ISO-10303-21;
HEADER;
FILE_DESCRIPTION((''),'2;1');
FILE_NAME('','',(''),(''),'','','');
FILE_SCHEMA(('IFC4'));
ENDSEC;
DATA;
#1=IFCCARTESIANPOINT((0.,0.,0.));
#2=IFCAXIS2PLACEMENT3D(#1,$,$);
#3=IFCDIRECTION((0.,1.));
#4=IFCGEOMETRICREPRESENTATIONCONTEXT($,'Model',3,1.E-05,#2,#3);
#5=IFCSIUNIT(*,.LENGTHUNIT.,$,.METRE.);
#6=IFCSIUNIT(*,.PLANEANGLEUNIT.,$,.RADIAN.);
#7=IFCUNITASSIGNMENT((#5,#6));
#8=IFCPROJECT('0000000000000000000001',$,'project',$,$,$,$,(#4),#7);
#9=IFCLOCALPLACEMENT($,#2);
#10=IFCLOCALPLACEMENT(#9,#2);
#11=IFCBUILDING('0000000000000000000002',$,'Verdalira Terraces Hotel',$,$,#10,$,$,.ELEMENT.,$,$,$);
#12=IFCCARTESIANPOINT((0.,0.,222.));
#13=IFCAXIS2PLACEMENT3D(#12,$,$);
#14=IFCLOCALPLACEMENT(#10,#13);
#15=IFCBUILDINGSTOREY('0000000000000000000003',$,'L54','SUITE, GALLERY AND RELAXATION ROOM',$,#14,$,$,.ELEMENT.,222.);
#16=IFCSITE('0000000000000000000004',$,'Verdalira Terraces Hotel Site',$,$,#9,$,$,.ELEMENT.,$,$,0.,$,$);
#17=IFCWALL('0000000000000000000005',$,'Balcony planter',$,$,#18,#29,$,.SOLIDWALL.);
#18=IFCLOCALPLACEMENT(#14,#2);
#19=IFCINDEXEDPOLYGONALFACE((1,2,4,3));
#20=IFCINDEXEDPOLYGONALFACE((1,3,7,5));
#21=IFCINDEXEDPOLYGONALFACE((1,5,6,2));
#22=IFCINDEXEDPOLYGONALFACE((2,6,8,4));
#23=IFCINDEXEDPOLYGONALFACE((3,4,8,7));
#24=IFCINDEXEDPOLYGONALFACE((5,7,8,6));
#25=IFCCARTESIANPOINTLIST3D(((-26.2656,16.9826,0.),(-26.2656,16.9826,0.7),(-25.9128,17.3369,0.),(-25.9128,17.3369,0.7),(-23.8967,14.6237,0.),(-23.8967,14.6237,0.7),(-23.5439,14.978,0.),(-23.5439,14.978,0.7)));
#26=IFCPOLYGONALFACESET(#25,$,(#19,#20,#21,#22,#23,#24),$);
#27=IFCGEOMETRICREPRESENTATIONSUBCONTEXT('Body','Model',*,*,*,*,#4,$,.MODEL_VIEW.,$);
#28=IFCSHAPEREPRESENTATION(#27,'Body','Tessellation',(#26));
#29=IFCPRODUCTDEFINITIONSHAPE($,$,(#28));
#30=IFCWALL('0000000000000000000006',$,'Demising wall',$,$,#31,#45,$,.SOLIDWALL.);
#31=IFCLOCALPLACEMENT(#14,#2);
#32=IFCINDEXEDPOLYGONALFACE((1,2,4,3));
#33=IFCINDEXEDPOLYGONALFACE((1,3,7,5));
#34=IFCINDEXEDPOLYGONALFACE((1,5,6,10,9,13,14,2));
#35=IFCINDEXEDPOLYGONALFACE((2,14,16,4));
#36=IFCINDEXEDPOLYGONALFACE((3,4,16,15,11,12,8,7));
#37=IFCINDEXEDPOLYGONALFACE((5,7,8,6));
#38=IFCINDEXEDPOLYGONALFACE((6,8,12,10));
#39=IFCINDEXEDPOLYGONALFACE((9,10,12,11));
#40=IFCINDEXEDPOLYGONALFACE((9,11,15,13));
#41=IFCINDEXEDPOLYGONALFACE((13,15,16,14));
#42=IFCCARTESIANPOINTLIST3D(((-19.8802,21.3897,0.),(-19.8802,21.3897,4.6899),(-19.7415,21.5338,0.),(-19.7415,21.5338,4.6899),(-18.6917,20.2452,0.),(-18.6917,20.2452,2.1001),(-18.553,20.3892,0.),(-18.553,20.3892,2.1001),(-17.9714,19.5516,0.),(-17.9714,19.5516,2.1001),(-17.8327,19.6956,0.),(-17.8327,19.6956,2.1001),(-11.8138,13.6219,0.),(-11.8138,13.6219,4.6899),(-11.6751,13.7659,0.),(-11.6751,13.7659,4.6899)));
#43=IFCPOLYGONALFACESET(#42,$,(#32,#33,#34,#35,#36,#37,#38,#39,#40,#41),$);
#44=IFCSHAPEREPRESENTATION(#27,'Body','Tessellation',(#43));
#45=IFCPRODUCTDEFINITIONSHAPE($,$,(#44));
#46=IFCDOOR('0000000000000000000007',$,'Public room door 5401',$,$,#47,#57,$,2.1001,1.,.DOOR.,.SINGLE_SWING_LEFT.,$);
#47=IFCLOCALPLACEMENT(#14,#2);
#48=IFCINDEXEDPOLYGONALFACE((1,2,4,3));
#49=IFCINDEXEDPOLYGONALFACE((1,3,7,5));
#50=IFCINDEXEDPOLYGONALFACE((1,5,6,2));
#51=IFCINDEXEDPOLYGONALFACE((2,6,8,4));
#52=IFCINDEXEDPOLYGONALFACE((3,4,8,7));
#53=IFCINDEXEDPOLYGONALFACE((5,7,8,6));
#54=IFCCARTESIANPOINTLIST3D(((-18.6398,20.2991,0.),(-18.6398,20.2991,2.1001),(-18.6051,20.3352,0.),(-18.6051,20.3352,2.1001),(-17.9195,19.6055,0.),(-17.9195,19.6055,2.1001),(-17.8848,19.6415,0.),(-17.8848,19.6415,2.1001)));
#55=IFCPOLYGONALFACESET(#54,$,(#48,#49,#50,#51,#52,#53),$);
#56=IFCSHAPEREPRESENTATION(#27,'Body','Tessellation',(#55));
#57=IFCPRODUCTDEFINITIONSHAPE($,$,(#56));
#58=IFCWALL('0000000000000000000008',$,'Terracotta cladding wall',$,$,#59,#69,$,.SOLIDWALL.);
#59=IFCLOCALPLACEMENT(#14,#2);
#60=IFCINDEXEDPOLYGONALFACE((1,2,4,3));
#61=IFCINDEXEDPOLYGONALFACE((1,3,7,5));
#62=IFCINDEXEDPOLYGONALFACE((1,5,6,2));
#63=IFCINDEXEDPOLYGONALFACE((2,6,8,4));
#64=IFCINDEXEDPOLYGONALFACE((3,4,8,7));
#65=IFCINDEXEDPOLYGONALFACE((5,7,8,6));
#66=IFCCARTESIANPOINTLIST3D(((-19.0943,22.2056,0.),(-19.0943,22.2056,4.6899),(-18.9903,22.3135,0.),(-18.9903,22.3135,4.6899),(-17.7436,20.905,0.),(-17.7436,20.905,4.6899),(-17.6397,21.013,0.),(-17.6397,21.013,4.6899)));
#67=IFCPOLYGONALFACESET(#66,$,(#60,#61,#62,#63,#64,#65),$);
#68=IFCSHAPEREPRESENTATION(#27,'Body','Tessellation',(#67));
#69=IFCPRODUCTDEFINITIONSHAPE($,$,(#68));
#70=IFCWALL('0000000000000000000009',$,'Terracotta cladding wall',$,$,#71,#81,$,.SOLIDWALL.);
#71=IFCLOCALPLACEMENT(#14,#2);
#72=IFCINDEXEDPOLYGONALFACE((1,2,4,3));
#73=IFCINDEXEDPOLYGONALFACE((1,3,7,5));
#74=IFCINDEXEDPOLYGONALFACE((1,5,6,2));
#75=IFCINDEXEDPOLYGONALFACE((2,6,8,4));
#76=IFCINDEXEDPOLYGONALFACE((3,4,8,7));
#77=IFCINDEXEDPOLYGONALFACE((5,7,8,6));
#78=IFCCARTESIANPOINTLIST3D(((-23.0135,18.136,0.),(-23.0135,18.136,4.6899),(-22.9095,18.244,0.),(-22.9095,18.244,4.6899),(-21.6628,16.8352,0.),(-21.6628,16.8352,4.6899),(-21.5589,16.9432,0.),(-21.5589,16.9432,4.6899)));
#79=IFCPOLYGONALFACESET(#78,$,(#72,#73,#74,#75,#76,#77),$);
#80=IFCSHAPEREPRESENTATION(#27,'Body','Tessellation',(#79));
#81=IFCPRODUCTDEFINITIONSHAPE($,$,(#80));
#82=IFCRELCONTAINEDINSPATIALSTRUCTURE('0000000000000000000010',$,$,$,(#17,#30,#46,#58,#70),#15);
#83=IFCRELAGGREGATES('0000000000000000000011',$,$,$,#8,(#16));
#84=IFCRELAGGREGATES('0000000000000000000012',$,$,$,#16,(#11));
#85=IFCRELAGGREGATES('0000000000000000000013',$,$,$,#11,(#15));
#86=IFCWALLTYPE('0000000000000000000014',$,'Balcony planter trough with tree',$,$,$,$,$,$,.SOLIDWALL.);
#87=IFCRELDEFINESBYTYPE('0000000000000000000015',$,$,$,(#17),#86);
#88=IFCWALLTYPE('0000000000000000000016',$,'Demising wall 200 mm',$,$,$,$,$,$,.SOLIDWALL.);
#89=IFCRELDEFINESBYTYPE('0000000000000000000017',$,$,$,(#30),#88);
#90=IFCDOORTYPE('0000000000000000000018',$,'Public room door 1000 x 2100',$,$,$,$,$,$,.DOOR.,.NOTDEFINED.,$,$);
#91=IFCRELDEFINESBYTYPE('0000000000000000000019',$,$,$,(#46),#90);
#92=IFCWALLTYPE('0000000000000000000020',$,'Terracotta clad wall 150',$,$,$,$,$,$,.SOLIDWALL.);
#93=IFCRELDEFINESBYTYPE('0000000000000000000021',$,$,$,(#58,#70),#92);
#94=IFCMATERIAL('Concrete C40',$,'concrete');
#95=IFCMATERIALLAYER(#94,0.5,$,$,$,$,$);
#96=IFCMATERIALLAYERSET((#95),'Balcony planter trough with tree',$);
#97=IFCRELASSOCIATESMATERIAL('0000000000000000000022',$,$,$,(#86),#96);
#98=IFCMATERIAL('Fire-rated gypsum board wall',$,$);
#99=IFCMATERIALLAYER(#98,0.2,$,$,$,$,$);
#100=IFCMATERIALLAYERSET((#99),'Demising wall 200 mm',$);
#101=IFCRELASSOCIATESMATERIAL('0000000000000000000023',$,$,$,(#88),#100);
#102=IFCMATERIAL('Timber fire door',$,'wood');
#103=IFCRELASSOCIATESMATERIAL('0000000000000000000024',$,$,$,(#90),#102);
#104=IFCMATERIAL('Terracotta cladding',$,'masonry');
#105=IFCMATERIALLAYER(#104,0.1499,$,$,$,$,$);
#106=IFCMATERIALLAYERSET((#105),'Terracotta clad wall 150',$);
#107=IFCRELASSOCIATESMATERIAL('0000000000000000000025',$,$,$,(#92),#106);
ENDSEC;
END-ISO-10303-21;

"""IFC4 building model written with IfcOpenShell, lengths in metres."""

from ifc_helpers import new_model, si_unit, direction, frame, frame_2d, origin, place, context, subcontext, project, spatial, rectangle, extrude, material, layer, layer_set, type_object, element, fill, save


model = new_model("IFC4")

# Units and contexts
model_context = context("Model", 3, precision=1e-05, world=origin(), true_north=direction((0.0, 1.0)))
body_context = subcontext(model_context, "Body", "Model", "MODEL_VIEW")
ifc_project = project(units=[si_unit("LENGTHUNIT", "METRE"), si_unit("PLANEANGLEUNIT", "RADIAN")], contexts=[model_context])

# Site, building, storey
site_placement = place(None, origin())
site = spatial("IfcSite", under=ifc_project, at=site_placement, Name="Verdalira Terraces Hotel Site", CompositionType="ELEMENT", RefElevation=0.0)
building_placement = place(site_placement, origin())
building = spatial("IfcBuilding", under=site, at=building_placement, Name="Verdalira Terraces Hotel", CompositionType="ELEMENT")
storey_placement = place(building_placement, frame((0.0, 0.0, 222.0)))
storey = spatial("IfcBuildingStorey", under=building, at=storey_placement, Name="L54", Description="SUITE, GALLERY AND RELAXATION ROOM", CompositionType="ELEMENT", Elevation=222.0)

# Wall
ifc_material_1 = material(Name="Concrete C40", Category="concrete")
ifc_layer_1 = layer(ifc_material_1, 0.5)
ifc_layer_set_1 = layer_set([ifc_layer_1], Name="Balcony planter trough with tree")
wall_type_1 = type_object("IfcWallType", Name="Balcony planter trough with tree", PredefinedType="SOLIDWALL", material=ifc_layer_set_1)
wall_1_placement = place(storey_placement, frame((-26.0891, 17.1597, 0.0), z_axis=(0.0, 0.0, 1.0), x_axis=(0.708602, -0.705608, 0.0)))
element("IfcWall", 1, at=wall_1_placement, inside=storey, type_object=wall_type_1, Name="Balcony planter", PredefinedType="SOLIDWALL", context=body_context, shape_type="SweptSolid", body=[
    extrude(rectangle(XDim=3.343, YDim=0.5, at=frame_2d((1.6714, 0.0))), origin(), (0.0, 0.0, 1.0), 0.7),
])

# Wall, opening, door
ifc_material_2 = material(Name="Fire-rated gypsum board wall")
ifc_layer_2 = layer(ifc_material_2, 0.2)
ifc_layer_set_2 = layer_set([ifc_layer_2], Name="Demising wall 200 mm")
wall_type_2 = type_object("IfcWallType", Name="Demising wall 200 mm", PredefinedType="SOLIDWALL", material=ifc_layer_set_2)
wall_2_placement = place(storey_placement, frame((-19.8108, 21.4617, 0.0), z_axis=(0.0, 0.0, 1.0), x_axis=(0.720313, -0.69365, 0.0)))
wall_2 = element("IfcWall", 2, at=wall_2_placement, inside=storey, type_object=wall_type_2, Name="Demising wall", PredefinedType="SOLIDWALL", context=body_context, shape_type="SweptSolid", body=[
    extrude(rectangle(XDim=11.1985, YDim=0.2, at=frame_2d((5.5991, 0.0))), origin(), (0.0, 0.0, 1.0), 4.6899),
])
opening_1_placement = place(wall_2_placement, frame((1.6499, 0.0, 0.0)))
opening_1 = element("IfcOpeningElement", 3, at=opening_1_placement, cuts=wall_2, PredefinedType="OPENING", context=body_context, shape_type="SweptSolid", body=[
    extrude(rectangle(XDim=1.0, YDim=2.1001, at=frame_2d((0.5, 1.05))), frame((0.0, 0.1099, 0.0), z_axis=(0.0, -1.0, 0.0), x_axis=(1.0, 0.0, 0.0)), (0.0, 0.0, 1.0), 0.22),
])
ifc_material_3 = material(Name="Timber fire door", Category="wood")
door_type_1 = type_object("IfcDoorType", Name="Public room door 1000 x 2100", OperationType="NOTDEFINED", PredefinedType="DOOR", material=ifc_material_3)
door_1_placement = place(opening_1_placement, origin())
door_1 = element("IfcDoor", 4, at=door_1_placement, inside=storey, type_object=door_type_1, Name="Public room door 5401", OperationType="SINGLE_SWING_LEFT", OverallHeight=2.1001, OverallWidth=1.0, PredefinedType="DOOR", context=body_context, shape_type="SweptSolid", body=[
    extrude(rectangle(XDim=1.0, YDim=2.1001, at=frame_2d((0.5, 1.05))), frame((0.0, 0.0249, 0.0), z_axis=(0.0, -1.0, 0.0), x_axis=(1.0, 0.0, 0.0)), (0.0, 0.0, 1.0), 0.05),
])
fill(opening_1, door_1)

# Walls
ifc_material_4 = material(Name="Terracotta cladding", Category="masonry")
ifc_layer_3 = layer(ifc_material_4, 0.1499)
ifc_layer_set_3 = layer_set([ifc_layer_3], Name="Terracotta clad wall 150")
wall_type_3 = type_object("IfcWallType", Name="Terracotta clad wall 150", PredefinedType="SOLIDWALL", material=ifc_layer_set_3)
wall_3_placement = place(storey_placement, frame((-17.6916, 20.959, 0.0), z_axis=(0.0, 0.0, 1.0), x_axis=(-0.720327, 0.693634, 0.0)))
element("IfcWall", 5, at=wall_3_placement, inside=storey, type_object=wall_type_3, Name="Terracotta cladding wall", PredefinedType="SOLIDWALL", context=body_context, shape_type="SweptSolid", body=[
    extrude(rectangle(XDim=1.875, YDim=0.1499, at=frame_2d((0.9375, 0.0))), origin(), (0.0, 0.0, 1.0), 4.6899),
])
wall_4_placement = place(storey_placement, frame((-22.9614, 18.1899, 0.0), z_axis=(0.0, 0.0, 1.0), x_axis=(0.720262, -0.693702, 0.0)))
element("IfcWall", 6, at=wall_4_placement, inside=storey, type_object=wall_type_3, Name="Terracotta cladding wall", PredefinedType="SOLIDWALL", context=body_context, shape_type="SweptSolid", body=[
    extrude(rectangle(XDim=1.8752, YDim=0.1499, at=frame_2d((0.9375, 0.0))), origin(), (0.0, 0.0, 1.0), 4.6899),
])

save(model, "model.ifc")
